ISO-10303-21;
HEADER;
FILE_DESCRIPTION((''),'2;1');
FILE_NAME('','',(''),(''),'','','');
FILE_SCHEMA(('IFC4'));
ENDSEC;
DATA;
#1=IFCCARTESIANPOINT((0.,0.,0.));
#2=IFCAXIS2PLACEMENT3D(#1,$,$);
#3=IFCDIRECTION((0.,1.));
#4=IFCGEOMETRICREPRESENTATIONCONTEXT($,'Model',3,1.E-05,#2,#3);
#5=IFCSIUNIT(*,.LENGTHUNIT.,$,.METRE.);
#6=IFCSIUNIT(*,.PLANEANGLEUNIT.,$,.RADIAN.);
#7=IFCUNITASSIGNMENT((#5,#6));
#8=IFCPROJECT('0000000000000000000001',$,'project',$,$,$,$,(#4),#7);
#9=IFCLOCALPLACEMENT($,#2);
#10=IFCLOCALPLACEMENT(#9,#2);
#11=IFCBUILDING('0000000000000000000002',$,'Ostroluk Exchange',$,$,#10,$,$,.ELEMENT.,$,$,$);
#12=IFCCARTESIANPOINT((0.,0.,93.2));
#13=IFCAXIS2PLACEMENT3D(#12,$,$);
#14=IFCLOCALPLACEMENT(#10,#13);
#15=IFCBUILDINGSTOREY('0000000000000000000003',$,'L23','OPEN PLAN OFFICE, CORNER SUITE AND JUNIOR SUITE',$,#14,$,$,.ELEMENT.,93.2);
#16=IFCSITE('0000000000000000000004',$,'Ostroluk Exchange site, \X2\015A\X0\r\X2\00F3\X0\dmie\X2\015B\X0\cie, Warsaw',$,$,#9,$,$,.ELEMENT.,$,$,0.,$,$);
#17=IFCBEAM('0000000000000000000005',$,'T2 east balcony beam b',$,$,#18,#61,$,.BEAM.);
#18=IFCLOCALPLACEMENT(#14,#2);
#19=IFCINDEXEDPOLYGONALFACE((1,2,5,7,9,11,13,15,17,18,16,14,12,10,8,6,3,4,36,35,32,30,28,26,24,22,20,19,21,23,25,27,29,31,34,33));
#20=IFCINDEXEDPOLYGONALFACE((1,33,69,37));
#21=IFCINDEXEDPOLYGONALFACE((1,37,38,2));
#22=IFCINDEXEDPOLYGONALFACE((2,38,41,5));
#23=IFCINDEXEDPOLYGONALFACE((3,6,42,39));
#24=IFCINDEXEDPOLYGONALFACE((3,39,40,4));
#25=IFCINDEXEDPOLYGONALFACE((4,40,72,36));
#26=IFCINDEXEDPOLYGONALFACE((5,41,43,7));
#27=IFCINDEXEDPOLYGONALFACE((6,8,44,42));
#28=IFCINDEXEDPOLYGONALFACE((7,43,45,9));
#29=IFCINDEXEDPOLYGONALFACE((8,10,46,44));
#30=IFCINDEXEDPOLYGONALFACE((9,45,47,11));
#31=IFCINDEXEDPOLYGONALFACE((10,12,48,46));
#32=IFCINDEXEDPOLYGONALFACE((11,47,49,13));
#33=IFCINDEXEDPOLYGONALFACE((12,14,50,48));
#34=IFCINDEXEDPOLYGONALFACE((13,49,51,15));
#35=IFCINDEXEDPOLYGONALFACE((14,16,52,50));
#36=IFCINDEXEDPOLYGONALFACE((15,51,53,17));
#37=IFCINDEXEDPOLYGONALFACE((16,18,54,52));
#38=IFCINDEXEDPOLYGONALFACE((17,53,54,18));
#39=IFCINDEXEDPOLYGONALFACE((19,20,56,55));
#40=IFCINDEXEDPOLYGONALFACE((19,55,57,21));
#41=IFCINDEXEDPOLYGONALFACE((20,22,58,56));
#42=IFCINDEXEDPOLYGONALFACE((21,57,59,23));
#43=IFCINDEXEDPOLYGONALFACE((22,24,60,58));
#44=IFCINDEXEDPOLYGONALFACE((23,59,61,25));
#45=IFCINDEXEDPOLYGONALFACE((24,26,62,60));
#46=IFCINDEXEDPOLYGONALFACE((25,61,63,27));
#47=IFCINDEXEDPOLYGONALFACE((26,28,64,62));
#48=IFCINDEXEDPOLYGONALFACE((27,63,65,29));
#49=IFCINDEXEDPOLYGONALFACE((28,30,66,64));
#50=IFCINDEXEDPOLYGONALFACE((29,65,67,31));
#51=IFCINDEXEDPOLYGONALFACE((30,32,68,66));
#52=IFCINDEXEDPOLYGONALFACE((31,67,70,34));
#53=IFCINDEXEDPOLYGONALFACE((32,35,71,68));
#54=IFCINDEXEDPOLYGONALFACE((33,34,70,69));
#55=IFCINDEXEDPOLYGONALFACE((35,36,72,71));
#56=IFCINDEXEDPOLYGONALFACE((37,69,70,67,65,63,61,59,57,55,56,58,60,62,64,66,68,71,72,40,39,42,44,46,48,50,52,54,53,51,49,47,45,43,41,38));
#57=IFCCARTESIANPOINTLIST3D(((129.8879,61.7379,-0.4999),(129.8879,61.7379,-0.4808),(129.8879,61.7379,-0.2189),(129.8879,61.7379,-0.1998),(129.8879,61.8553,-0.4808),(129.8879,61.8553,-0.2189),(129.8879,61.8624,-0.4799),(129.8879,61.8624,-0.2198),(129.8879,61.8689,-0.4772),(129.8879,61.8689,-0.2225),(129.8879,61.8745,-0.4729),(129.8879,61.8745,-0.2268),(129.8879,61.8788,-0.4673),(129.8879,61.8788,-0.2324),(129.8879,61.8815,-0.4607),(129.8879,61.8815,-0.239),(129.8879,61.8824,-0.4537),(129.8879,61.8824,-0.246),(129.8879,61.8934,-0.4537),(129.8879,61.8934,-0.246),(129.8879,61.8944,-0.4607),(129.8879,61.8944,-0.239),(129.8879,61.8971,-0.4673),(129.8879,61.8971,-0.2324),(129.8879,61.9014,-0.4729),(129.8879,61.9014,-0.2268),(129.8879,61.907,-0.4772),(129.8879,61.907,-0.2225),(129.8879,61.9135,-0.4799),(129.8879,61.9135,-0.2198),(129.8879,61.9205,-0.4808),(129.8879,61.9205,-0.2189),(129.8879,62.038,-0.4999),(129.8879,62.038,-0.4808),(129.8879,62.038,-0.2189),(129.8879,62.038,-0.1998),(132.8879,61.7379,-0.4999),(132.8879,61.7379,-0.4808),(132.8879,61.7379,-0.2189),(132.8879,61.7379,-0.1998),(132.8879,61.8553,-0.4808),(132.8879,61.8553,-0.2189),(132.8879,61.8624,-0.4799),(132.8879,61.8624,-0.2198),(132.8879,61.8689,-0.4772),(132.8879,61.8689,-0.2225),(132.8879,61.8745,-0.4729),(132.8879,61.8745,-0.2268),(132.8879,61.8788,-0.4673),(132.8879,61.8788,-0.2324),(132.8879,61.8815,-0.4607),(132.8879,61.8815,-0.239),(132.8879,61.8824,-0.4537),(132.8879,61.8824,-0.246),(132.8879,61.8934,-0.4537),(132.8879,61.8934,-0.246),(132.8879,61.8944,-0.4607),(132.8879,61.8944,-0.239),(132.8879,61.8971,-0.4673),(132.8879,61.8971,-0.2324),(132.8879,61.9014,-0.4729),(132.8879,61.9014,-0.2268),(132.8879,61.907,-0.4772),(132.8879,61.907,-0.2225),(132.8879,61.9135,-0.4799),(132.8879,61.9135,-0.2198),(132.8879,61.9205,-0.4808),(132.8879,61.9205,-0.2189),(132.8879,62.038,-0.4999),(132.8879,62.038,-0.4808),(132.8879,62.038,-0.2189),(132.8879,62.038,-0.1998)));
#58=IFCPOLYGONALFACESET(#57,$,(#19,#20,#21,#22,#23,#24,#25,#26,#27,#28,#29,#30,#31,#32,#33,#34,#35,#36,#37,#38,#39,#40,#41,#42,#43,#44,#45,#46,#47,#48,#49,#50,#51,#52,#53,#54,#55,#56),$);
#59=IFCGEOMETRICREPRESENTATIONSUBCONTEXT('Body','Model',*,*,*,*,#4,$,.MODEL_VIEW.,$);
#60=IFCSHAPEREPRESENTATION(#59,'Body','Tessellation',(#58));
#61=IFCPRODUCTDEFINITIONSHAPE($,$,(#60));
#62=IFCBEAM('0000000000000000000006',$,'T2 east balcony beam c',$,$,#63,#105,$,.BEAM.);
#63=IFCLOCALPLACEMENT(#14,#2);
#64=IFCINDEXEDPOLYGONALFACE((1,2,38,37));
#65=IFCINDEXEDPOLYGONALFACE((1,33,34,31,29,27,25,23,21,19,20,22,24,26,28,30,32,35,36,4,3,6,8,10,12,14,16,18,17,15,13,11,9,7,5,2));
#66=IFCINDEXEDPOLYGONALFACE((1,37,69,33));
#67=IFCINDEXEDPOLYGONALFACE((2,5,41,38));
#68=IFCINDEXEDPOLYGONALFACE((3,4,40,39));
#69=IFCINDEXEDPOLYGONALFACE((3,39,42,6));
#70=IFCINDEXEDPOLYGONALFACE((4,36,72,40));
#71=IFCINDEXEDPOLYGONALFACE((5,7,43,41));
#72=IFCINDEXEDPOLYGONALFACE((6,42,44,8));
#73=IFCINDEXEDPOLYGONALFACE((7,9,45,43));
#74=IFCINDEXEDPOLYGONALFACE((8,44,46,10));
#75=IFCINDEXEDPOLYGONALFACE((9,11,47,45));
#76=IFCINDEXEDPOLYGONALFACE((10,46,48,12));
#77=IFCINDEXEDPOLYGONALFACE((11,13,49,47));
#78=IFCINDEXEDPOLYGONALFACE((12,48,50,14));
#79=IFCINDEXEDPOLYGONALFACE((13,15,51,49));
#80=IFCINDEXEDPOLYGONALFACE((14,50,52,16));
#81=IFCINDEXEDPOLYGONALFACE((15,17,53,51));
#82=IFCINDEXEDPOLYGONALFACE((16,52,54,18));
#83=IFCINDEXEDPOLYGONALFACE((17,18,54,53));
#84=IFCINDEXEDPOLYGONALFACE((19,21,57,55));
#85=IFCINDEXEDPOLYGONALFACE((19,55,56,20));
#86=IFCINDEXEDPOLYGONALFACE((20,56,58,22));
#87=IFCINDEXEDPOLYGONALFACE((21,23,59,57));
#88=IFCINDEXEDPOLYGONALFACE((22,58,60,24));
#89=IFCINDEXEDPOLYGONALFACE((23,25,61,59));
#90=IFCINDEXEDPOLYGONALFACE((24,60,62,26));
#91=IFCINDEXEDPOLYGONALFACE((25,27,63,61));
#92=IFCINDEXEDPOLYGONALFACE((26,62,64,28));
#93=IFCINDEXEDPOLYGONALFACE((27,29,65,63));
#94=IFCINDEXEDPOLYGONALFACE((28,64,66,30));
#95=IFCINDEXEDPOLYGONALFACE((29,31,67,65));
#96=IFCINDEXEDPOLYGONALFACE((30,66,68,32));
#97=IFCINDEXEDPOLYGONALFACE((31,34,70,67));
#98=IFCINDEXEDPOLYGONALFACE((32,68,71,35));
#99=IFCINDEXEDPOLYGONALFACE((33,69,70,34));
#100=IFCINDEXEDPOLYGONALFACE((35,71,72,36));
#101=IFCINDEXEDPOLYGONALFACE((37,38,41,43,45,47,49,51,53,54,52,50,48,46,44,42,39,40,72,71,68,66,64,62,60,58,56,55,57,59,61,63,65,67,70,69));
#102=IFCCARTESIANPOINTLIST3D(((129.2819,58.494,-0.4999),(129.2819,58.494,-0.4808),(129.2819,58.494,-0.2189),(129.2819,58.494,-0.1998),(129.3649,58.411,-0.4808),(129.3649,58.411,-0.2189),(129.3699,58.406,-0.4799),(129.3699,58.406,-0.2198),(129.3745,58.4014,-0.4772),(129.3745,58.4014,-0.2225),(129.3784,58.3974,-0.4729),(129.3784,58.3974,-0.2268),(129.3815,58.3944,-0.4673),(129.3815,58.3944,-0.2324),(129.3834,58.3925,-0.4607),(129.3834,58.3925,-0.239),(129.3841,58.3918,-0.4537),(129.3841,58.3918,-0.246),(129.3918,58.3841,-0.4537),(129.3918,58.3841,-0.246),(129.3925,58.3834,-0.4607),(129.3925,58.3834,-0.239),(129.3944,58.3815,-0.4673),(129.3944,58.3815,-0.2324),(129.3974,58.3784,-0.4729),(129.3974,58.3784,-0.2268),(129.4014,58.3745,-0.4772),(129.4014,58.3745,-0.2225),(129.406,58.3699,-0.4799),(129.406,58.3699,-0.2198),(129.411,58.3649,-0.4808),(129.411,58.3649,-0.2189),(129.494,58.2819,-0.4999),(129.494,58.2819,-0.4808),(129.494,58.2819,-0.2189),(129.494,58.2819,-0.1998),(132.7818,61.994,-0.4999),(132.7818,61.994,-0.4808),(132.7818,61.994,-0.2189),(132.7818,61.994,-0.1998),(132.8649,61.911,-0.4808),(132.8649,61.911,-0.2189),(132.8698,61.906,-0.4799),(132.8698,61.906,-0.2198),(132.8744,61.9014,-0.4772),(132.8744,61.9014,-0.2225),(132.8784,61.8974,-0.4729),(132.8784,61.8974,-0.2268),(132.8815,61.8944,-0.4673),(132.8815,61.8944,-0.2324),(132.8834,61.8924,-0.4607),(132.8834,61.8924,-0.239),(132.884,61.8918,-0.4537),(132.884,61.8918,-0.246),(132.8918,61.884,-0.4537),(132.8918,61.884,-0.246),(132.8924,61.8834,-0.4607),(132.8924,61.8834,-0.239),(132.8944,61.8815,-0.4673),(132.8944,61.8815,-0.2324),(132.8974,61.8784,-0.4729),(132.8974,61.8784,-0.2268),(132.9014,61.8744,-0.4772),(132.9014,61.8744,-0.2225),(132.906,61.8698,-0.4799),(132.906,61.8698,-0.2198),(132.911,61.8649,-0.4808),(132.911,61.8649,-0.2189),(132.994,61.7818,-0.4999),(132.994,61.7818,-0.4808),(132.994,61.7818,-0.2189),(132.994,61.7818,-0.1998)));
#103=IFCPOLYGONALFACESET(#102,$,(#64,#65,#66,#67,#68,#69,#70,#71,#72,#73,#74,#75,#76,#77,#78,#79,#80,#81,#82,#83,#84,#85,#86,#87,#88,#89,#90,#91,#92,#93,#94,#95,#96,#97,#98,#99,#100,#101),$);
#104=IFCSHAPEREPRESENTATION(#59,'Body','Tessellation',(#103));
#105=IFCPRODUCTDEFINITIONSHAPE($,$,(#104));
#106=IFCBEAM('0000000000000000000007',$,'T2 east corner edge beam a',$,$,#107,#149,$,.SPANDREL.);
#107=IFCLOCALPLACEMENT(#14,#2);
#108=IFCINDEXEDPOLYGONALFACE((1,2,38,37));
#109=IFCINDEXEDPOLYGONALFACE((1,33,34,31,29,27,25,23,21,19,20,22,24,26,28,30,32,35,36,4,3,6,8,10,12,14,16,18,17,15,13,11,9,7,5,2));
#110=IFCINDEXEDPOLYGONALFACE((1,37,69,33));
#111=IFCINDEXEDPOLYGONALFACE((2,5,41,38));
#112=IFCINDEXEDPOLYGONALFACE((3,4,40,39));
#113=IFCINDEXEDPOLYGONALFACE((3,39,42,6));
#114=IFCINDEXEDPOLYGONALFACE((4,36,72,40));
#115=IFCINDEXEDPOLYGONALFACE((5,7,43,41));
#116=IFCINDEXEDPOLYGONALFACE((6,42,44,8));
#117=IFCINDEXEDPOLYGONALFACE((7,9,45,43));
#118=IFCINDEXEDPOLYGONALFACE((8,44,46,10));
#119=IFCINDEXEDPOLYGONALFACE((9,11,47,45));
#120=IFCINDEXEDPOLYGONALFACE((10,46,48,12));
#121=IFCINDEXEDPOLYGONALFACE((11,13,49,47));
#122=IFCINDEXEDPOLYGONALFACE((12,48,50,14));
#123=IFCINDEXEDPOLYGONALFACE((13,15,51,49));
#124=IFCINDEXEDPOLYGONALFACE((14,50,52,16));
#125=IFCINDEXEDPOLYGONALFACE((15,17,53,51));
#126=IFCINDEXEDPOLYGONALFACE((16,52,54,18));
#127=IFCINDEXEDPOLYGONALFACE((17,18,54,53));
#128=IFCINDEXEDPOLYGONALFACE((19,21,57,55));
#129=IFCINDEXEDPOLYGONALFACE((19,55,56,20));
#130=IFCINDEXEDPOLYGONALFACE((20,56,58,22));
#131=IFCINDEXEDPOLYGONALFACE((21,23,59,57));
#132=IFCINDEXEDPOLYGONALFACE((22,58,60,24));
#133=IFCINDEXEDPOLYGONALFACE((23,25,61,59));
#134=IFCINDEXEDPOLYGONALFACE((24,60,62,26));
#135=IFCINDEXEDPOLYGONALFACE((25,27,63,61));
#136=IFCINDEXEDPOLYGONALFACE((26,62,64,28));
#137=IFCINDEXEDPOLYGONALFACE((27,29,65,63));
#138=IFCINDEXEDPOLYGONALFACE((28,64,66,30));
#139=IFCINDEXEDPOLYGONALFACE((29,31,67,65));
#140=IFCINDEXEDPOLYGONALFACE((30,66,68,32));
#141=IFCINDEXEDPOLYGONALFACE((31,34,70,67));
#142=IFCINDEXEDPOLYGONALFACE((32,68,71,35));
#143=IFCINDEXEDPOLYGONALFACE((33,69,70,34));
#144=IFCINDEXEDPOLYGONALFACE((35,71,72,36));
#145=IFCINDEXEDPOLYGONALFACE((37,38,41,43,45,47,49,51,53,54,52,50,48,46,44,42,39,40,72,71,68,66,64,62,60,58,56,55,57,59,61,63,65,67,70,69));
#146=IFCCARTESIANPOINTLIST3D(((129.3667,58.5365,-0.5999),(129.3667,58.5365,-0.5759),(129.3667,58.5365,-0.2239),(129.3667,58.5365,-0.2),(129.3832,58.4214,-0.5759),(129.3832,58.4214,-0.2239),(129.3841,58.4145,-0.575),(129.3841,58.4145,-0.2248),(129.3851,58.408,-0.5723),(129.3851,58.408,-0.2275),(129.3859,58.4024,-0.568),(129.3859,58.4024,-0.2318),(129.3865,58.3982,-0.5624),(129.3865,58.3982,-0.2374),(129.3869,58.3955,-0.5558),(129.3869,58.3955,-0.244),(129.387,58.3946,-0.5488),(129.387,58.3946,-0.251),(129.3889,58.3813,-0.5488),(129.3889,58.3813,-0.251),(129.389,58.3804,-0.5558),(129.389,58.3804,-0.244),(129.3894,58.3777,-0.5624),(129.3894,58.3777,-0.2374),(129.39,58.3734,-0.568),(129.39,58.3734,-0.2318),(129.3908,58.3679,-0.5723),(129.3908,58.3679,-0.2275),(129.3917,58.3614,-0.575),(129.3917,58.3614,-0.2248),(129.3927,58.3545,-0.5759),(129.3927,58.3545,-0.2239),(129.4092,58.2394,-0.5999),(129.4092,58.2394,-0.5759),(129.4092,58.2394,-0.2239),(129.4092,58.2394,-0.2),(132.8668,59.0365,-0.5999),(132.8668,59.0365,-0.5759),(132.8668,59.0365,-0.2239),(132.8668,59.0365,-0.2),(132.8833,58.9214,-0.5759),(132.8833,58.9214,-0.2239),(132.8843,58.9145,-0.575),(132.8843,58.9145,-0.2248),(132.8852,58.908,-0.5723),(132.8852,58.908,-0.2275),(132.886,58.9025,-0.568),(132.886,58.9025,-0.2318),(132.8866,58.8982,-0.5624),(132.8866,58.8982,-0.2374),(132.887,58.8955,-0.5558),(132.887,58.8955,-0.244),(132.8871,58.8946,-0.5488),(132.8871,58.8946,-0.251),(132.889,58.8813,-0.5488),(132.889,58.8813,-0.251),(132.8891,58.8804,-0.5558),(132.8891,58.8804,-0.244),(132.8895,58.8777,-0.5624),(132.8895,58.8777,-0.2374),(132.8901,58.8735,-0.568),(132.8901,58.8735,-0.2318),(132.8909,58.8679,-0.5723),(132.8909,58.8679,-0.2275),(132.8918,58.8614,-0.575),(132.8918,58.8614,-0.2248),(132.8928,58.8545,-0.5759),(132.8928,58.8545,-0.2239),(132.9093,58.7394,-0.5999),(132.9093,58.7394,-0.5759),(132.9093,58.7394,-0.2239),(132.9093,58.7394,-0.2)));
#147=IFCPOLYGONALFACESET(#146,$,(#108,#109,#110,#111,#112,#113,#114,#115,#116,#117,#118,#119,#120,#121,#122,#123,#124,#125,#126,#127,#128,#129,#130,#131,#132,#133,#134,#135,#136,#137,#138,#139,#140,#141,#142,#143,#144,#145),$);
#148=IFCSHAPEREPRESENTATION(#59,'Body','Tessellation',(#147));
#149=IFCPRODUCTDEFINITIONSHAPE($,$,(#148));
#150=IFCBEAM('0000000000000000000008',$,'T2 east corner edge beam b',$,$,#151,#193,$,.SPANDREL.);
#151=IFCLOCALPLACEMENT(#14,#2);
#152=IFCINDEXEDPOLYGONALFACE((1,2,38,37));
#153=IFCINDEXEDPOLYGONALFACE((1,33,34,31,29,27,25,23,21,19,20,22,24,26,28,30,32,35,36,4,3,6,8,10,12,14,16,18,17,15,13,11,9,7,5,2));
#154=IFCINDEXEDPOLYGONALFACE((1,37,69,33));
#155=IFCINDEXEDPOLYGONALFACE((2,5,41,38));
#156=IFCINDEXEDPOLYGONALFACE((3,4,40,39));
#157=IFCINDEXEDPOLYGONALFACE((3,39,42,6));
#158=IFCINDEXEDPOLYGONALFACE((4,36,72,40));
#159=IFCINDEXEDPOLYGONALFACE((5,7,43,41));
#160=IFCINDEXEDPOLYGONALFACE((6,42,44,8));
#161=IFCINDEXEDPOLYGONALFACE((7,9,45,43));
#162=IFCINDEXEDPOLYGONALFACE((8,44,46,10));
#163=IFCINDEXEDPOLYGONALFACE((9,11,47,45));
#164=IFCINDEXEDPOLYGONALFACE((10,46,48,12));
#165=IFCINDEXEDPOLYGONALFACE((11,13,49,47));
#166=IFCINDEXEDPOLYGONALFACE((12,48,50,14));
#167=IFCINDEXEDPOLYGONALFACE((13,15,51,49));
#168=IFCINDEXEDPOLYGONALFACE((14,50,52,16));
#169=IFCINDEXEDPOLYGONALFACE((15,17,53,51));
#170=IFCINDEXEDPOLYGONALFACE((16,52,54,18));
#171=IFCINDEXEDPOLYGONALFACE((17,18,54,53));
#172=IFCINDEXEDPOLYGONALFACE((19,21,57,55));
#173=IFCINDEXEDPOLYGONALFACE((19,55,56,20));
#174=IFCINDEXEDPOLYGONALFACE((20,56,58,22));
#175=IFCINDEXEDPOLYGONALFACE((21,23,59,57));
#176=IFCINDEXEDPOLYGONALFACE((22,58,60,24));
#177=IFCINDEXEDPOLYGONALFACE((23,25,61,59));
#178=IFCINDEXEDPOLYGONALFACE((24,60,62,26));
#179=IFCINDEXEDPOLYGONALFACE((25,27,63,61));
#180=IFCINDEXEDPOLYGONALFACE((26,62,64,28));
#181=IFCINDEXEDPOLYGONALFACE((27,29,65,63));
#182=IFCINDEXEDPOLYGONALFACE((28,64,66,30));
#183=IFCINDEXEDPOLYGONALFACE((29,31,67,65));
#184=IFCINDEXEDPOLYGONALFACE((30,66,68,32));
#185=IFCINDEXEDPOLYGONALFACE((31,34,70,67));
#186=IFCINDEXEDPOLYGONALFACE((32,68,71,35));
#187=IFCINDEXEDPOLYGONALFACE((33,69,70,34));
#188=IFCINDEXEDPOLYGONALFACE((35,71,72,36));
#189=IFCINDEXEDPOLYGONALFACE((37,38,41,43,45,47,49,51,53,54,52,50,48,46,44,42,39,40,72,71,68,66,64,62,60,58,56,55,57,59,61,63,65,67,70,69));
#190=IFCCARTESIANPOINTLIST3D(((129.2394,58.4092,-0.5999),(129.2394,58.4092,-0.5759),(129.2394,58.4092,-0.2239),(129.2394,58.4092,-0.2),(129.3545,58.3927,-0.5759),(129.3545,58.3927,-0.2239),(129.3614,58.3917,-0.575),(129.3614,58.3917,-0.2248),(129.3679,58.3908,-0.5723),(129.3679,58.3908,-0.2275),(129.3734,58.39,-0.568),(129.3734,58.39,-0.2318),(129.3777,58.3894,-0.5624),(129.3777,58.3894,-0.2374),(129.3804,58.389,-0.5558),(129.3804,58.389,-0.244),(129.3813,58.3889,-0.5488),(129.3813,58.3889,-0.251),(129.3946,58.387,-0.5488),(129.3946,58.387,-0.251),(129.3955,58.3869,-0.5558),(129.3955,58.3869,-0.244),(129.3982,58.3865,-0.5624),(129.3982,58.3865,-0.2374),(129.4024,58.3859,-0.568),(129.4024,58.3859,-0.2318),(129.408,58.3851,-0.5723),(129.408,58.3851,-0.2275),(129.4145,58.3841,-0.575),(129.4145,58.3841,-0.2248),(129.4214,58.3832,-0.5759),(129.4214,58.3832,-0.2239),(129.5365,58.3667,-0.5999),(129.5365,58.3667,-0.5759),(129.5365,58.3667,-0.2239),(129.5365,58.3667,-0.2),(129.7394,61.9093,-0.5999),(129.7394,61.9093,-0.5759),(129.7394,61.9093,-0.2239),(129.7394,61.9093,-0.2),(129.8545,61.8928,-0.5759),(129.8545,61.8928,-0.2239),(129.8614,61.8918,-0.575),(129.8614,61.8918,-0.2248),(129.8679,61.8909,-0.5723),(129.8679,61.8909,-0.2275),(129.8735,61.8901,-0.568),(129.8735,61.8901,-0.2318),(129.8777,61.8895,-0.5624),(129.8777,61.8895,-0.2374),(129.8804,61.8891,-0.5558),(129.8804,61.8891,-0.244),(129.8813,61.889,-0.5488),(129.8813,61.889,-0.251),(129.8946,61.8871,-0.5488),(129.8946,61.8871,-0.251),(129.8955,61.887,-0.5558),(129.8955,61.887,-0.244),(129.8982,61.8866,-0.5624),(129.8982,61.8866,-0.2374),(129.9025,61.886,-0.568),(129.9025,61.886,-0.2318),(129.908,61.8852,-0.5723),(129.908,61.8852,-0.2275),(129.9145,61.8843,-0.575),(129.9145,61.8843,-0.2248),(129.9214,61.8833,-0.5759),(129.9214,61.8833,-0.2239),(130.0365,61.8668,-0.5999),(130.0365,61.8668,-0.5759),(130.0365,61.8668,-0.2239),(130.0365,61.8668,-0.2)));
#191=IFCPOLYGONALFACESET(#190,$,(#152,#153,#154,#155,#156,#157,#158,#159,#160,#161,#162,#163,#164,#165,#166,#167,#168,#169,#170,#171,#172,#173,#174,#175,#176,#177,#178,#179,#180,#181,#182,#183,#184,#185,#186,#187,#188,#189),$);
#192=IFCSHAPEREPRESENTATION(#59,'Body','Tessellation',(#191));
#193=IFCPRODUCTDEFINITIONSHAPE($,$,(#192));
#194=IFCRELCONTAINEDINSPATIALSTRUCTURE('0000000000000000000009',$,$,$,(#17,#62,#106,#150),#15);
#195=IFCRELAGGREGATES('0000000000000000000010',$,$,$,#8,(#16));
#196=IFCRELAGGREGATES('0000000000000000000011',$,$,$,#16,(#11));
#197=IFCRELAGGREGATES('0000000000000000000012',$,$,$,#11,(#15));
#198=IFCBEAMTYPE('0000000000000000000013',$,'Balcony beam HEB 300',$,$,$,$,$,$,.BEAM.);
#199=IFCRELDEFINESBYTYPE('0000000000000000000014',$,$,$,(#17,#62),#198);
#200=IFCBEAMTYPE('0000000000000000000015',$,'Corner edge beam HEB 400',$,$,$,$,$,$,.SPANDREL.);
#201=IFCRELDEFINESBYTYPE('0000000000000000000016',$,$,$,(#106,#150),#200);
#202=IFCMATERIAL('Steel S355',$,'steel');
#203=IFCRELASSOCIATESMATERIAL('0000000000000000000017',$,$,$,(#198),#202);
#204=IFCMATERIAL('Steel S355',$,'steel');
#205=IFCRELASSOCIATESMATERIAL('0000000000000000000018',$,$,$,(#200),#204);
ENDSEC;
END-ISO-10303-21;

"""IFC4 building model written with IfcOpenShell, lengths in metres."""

from ifc_helpers import new_model, si_unit, direction, frame, origin, origin_2d, place, context, subcontext, project, spatial, i_section, extrude, material, material_profile, profile_set, type_object, element, save


model = new_model("IFC4")

# Units and contexts
model_context = context("Model", 3, precision=1e-05, world=origin(), true_north=direction((0.0, 1.0)))
body_context = subcontext(model_context, "Body", "Model", "MODEL_VIEW")
ifc_project = project(units=[si_unit("LENGTHUNIT", "METRE"), si_unit("PLANEANGLEUNIT", "RADIAN")], contexts=[model_context])

# Site, building, storey
site_placement = place(None, origin())
site = spatial("IfcSite", under=ifc_project, at=site_placement, Name="Ostroluk Exchange site, Śródmieście, Warsaw", CompositionType="ELEMENT", RefElevation=0.0)
building_placement = place(site_placement, origin())
building = spatial("IfcBuilding", under=site, at=building_placement, Name="Ostroluk Exchange", CompositionType="ELEMENT")
storey_placement = place(building_placement, frame((0.0, 0.0, 93.2)))
storey = spatial("IfcBuildingStorey", under=building, at=storey_placement, Name="L23", Description="OPEN PLAN OFFICE, CORNER SUITE AND JUNIOR SUITE", CompositionType="ELEMENT", Elevation=93.2)

# Beams
ifc_material_1 = material(Name="Steel S355", Category="steel")
ifc_material_profile_1 = material_profile(ifc_material_1, i_section(OverallWidth=0.3, OverallDepth=0.3, WebThickness=0.011, FlangeThickness=0.019, FilletRadius=0.0271, at=origin_2d()), Name="HEB 300")
ifc_profile_set_1 = profile_set([ifc_material_profile_1], Name="Steel S355")
beam_type_1 = type_object("IfcBeamType", Name="Balcony beam HEB 300", PredefinedType="BEAM", material=ifc_profile_set_1)
for number, where, z_axis, x_axis, name in (
    (1, (129.8879, 61.8879, -0.3499), (1.0, 0.0, 0.0), (0.0, 1.0, 0.0), "T2 east balcony beam b"),
):
    element("IfcBeam", number, at=place(storey_placement, frame(where, z_axis=z_axis, x_axis=x_axis)), inside=storey, type_object=beam_type_1, Name=name, PredefinedType="BEAM", context=body_context, shape_type="SweptSolid", body=[
        extrude(i_section(OverallWidth=0.3, OverallDepth=0.3, WebThickness=0.011, FlangeThickness=0.019, FilletRadius=0.0271, at=origin_2d()), origin(), (0.0, 0.0, 1.0), 3.0),
    ])
beam_1_placement = place(storey_placement, frame((129.3879, 58.3879, -0.3499), z_axis=(0.707107, 0.707107, 0.0), x_axis=(-0.707107, 0.707107, 0.0)))
element("IfcBeam", 2, at=beam_1_placement, inside=storey, type_object=beam_type_1, Name="T2 east balcony beam c", PredefinedType="BEAM", context=body_context, shape_type="SweptSolid", body=[
    extrude(i_section(OverallWidth=0.3, OverallDepth=0.3, WebThickness=0.011, FlangeThickness=0.019, FilletRadius=0.0271, at=origin_2d()), origin(), (0.0, 0.0, 1.0), 4.9497),
])
ifc_material_2 = material(Name="Steel S355", Category="steel")
ifc_material_profile_2 = material_profile(ifc_material_2, i_section(OverallWidth=0.3, OverallDepth=0.3999, WebThickness=0.0134, FlangeThickness=0.0239, FilletRadius=0.0271, at=origin_2d()), Name="HEB 400")
ifc_profile_set_2 = profile_set([ifc_material_profile_2], Name="Steel S355")
beam_type_2 = type_object("IfcBeamType", Name="Corner edge beam HEB 400", PredefinedType="SPANDREL", material=ifc_profile_set_2)
for number, where, z_axis, x_axis, name in (
    (3, (129.3879, 58.3879, -0.3999), (0.989949, 0.141421, 0.0), (-0.141421, 0.989949, 0.0), "T2 east corner edge beam a"),
    (4, (129.3879, 58.3879, -0.3999), (0.141421, 0.989949, 0.0), (-0.989949, 0.141421, 0.0), "T2 east corner edge beam b"),
):
    element("IfcBeam", number, at=place(storey_placement, frame(where, z_axis=z_axis, x_axis=x_axis)), inside=storey, type_object=beam_type_2, Name=name, PredefinedType="SPANDREL", context=body_context, shape_type="SweptSolid", body=[
        extrude(i_section(OverallWidth=0.3, OverallDepth=0.3999, WebThickness=0.0134, FlangeThickness=0.0239, FilletRadius=0.0271, at=origin_2d()), origin(), (0.0, 0.0, 1.0), 3.5356),
    ])

save(model, "model.ifc")
